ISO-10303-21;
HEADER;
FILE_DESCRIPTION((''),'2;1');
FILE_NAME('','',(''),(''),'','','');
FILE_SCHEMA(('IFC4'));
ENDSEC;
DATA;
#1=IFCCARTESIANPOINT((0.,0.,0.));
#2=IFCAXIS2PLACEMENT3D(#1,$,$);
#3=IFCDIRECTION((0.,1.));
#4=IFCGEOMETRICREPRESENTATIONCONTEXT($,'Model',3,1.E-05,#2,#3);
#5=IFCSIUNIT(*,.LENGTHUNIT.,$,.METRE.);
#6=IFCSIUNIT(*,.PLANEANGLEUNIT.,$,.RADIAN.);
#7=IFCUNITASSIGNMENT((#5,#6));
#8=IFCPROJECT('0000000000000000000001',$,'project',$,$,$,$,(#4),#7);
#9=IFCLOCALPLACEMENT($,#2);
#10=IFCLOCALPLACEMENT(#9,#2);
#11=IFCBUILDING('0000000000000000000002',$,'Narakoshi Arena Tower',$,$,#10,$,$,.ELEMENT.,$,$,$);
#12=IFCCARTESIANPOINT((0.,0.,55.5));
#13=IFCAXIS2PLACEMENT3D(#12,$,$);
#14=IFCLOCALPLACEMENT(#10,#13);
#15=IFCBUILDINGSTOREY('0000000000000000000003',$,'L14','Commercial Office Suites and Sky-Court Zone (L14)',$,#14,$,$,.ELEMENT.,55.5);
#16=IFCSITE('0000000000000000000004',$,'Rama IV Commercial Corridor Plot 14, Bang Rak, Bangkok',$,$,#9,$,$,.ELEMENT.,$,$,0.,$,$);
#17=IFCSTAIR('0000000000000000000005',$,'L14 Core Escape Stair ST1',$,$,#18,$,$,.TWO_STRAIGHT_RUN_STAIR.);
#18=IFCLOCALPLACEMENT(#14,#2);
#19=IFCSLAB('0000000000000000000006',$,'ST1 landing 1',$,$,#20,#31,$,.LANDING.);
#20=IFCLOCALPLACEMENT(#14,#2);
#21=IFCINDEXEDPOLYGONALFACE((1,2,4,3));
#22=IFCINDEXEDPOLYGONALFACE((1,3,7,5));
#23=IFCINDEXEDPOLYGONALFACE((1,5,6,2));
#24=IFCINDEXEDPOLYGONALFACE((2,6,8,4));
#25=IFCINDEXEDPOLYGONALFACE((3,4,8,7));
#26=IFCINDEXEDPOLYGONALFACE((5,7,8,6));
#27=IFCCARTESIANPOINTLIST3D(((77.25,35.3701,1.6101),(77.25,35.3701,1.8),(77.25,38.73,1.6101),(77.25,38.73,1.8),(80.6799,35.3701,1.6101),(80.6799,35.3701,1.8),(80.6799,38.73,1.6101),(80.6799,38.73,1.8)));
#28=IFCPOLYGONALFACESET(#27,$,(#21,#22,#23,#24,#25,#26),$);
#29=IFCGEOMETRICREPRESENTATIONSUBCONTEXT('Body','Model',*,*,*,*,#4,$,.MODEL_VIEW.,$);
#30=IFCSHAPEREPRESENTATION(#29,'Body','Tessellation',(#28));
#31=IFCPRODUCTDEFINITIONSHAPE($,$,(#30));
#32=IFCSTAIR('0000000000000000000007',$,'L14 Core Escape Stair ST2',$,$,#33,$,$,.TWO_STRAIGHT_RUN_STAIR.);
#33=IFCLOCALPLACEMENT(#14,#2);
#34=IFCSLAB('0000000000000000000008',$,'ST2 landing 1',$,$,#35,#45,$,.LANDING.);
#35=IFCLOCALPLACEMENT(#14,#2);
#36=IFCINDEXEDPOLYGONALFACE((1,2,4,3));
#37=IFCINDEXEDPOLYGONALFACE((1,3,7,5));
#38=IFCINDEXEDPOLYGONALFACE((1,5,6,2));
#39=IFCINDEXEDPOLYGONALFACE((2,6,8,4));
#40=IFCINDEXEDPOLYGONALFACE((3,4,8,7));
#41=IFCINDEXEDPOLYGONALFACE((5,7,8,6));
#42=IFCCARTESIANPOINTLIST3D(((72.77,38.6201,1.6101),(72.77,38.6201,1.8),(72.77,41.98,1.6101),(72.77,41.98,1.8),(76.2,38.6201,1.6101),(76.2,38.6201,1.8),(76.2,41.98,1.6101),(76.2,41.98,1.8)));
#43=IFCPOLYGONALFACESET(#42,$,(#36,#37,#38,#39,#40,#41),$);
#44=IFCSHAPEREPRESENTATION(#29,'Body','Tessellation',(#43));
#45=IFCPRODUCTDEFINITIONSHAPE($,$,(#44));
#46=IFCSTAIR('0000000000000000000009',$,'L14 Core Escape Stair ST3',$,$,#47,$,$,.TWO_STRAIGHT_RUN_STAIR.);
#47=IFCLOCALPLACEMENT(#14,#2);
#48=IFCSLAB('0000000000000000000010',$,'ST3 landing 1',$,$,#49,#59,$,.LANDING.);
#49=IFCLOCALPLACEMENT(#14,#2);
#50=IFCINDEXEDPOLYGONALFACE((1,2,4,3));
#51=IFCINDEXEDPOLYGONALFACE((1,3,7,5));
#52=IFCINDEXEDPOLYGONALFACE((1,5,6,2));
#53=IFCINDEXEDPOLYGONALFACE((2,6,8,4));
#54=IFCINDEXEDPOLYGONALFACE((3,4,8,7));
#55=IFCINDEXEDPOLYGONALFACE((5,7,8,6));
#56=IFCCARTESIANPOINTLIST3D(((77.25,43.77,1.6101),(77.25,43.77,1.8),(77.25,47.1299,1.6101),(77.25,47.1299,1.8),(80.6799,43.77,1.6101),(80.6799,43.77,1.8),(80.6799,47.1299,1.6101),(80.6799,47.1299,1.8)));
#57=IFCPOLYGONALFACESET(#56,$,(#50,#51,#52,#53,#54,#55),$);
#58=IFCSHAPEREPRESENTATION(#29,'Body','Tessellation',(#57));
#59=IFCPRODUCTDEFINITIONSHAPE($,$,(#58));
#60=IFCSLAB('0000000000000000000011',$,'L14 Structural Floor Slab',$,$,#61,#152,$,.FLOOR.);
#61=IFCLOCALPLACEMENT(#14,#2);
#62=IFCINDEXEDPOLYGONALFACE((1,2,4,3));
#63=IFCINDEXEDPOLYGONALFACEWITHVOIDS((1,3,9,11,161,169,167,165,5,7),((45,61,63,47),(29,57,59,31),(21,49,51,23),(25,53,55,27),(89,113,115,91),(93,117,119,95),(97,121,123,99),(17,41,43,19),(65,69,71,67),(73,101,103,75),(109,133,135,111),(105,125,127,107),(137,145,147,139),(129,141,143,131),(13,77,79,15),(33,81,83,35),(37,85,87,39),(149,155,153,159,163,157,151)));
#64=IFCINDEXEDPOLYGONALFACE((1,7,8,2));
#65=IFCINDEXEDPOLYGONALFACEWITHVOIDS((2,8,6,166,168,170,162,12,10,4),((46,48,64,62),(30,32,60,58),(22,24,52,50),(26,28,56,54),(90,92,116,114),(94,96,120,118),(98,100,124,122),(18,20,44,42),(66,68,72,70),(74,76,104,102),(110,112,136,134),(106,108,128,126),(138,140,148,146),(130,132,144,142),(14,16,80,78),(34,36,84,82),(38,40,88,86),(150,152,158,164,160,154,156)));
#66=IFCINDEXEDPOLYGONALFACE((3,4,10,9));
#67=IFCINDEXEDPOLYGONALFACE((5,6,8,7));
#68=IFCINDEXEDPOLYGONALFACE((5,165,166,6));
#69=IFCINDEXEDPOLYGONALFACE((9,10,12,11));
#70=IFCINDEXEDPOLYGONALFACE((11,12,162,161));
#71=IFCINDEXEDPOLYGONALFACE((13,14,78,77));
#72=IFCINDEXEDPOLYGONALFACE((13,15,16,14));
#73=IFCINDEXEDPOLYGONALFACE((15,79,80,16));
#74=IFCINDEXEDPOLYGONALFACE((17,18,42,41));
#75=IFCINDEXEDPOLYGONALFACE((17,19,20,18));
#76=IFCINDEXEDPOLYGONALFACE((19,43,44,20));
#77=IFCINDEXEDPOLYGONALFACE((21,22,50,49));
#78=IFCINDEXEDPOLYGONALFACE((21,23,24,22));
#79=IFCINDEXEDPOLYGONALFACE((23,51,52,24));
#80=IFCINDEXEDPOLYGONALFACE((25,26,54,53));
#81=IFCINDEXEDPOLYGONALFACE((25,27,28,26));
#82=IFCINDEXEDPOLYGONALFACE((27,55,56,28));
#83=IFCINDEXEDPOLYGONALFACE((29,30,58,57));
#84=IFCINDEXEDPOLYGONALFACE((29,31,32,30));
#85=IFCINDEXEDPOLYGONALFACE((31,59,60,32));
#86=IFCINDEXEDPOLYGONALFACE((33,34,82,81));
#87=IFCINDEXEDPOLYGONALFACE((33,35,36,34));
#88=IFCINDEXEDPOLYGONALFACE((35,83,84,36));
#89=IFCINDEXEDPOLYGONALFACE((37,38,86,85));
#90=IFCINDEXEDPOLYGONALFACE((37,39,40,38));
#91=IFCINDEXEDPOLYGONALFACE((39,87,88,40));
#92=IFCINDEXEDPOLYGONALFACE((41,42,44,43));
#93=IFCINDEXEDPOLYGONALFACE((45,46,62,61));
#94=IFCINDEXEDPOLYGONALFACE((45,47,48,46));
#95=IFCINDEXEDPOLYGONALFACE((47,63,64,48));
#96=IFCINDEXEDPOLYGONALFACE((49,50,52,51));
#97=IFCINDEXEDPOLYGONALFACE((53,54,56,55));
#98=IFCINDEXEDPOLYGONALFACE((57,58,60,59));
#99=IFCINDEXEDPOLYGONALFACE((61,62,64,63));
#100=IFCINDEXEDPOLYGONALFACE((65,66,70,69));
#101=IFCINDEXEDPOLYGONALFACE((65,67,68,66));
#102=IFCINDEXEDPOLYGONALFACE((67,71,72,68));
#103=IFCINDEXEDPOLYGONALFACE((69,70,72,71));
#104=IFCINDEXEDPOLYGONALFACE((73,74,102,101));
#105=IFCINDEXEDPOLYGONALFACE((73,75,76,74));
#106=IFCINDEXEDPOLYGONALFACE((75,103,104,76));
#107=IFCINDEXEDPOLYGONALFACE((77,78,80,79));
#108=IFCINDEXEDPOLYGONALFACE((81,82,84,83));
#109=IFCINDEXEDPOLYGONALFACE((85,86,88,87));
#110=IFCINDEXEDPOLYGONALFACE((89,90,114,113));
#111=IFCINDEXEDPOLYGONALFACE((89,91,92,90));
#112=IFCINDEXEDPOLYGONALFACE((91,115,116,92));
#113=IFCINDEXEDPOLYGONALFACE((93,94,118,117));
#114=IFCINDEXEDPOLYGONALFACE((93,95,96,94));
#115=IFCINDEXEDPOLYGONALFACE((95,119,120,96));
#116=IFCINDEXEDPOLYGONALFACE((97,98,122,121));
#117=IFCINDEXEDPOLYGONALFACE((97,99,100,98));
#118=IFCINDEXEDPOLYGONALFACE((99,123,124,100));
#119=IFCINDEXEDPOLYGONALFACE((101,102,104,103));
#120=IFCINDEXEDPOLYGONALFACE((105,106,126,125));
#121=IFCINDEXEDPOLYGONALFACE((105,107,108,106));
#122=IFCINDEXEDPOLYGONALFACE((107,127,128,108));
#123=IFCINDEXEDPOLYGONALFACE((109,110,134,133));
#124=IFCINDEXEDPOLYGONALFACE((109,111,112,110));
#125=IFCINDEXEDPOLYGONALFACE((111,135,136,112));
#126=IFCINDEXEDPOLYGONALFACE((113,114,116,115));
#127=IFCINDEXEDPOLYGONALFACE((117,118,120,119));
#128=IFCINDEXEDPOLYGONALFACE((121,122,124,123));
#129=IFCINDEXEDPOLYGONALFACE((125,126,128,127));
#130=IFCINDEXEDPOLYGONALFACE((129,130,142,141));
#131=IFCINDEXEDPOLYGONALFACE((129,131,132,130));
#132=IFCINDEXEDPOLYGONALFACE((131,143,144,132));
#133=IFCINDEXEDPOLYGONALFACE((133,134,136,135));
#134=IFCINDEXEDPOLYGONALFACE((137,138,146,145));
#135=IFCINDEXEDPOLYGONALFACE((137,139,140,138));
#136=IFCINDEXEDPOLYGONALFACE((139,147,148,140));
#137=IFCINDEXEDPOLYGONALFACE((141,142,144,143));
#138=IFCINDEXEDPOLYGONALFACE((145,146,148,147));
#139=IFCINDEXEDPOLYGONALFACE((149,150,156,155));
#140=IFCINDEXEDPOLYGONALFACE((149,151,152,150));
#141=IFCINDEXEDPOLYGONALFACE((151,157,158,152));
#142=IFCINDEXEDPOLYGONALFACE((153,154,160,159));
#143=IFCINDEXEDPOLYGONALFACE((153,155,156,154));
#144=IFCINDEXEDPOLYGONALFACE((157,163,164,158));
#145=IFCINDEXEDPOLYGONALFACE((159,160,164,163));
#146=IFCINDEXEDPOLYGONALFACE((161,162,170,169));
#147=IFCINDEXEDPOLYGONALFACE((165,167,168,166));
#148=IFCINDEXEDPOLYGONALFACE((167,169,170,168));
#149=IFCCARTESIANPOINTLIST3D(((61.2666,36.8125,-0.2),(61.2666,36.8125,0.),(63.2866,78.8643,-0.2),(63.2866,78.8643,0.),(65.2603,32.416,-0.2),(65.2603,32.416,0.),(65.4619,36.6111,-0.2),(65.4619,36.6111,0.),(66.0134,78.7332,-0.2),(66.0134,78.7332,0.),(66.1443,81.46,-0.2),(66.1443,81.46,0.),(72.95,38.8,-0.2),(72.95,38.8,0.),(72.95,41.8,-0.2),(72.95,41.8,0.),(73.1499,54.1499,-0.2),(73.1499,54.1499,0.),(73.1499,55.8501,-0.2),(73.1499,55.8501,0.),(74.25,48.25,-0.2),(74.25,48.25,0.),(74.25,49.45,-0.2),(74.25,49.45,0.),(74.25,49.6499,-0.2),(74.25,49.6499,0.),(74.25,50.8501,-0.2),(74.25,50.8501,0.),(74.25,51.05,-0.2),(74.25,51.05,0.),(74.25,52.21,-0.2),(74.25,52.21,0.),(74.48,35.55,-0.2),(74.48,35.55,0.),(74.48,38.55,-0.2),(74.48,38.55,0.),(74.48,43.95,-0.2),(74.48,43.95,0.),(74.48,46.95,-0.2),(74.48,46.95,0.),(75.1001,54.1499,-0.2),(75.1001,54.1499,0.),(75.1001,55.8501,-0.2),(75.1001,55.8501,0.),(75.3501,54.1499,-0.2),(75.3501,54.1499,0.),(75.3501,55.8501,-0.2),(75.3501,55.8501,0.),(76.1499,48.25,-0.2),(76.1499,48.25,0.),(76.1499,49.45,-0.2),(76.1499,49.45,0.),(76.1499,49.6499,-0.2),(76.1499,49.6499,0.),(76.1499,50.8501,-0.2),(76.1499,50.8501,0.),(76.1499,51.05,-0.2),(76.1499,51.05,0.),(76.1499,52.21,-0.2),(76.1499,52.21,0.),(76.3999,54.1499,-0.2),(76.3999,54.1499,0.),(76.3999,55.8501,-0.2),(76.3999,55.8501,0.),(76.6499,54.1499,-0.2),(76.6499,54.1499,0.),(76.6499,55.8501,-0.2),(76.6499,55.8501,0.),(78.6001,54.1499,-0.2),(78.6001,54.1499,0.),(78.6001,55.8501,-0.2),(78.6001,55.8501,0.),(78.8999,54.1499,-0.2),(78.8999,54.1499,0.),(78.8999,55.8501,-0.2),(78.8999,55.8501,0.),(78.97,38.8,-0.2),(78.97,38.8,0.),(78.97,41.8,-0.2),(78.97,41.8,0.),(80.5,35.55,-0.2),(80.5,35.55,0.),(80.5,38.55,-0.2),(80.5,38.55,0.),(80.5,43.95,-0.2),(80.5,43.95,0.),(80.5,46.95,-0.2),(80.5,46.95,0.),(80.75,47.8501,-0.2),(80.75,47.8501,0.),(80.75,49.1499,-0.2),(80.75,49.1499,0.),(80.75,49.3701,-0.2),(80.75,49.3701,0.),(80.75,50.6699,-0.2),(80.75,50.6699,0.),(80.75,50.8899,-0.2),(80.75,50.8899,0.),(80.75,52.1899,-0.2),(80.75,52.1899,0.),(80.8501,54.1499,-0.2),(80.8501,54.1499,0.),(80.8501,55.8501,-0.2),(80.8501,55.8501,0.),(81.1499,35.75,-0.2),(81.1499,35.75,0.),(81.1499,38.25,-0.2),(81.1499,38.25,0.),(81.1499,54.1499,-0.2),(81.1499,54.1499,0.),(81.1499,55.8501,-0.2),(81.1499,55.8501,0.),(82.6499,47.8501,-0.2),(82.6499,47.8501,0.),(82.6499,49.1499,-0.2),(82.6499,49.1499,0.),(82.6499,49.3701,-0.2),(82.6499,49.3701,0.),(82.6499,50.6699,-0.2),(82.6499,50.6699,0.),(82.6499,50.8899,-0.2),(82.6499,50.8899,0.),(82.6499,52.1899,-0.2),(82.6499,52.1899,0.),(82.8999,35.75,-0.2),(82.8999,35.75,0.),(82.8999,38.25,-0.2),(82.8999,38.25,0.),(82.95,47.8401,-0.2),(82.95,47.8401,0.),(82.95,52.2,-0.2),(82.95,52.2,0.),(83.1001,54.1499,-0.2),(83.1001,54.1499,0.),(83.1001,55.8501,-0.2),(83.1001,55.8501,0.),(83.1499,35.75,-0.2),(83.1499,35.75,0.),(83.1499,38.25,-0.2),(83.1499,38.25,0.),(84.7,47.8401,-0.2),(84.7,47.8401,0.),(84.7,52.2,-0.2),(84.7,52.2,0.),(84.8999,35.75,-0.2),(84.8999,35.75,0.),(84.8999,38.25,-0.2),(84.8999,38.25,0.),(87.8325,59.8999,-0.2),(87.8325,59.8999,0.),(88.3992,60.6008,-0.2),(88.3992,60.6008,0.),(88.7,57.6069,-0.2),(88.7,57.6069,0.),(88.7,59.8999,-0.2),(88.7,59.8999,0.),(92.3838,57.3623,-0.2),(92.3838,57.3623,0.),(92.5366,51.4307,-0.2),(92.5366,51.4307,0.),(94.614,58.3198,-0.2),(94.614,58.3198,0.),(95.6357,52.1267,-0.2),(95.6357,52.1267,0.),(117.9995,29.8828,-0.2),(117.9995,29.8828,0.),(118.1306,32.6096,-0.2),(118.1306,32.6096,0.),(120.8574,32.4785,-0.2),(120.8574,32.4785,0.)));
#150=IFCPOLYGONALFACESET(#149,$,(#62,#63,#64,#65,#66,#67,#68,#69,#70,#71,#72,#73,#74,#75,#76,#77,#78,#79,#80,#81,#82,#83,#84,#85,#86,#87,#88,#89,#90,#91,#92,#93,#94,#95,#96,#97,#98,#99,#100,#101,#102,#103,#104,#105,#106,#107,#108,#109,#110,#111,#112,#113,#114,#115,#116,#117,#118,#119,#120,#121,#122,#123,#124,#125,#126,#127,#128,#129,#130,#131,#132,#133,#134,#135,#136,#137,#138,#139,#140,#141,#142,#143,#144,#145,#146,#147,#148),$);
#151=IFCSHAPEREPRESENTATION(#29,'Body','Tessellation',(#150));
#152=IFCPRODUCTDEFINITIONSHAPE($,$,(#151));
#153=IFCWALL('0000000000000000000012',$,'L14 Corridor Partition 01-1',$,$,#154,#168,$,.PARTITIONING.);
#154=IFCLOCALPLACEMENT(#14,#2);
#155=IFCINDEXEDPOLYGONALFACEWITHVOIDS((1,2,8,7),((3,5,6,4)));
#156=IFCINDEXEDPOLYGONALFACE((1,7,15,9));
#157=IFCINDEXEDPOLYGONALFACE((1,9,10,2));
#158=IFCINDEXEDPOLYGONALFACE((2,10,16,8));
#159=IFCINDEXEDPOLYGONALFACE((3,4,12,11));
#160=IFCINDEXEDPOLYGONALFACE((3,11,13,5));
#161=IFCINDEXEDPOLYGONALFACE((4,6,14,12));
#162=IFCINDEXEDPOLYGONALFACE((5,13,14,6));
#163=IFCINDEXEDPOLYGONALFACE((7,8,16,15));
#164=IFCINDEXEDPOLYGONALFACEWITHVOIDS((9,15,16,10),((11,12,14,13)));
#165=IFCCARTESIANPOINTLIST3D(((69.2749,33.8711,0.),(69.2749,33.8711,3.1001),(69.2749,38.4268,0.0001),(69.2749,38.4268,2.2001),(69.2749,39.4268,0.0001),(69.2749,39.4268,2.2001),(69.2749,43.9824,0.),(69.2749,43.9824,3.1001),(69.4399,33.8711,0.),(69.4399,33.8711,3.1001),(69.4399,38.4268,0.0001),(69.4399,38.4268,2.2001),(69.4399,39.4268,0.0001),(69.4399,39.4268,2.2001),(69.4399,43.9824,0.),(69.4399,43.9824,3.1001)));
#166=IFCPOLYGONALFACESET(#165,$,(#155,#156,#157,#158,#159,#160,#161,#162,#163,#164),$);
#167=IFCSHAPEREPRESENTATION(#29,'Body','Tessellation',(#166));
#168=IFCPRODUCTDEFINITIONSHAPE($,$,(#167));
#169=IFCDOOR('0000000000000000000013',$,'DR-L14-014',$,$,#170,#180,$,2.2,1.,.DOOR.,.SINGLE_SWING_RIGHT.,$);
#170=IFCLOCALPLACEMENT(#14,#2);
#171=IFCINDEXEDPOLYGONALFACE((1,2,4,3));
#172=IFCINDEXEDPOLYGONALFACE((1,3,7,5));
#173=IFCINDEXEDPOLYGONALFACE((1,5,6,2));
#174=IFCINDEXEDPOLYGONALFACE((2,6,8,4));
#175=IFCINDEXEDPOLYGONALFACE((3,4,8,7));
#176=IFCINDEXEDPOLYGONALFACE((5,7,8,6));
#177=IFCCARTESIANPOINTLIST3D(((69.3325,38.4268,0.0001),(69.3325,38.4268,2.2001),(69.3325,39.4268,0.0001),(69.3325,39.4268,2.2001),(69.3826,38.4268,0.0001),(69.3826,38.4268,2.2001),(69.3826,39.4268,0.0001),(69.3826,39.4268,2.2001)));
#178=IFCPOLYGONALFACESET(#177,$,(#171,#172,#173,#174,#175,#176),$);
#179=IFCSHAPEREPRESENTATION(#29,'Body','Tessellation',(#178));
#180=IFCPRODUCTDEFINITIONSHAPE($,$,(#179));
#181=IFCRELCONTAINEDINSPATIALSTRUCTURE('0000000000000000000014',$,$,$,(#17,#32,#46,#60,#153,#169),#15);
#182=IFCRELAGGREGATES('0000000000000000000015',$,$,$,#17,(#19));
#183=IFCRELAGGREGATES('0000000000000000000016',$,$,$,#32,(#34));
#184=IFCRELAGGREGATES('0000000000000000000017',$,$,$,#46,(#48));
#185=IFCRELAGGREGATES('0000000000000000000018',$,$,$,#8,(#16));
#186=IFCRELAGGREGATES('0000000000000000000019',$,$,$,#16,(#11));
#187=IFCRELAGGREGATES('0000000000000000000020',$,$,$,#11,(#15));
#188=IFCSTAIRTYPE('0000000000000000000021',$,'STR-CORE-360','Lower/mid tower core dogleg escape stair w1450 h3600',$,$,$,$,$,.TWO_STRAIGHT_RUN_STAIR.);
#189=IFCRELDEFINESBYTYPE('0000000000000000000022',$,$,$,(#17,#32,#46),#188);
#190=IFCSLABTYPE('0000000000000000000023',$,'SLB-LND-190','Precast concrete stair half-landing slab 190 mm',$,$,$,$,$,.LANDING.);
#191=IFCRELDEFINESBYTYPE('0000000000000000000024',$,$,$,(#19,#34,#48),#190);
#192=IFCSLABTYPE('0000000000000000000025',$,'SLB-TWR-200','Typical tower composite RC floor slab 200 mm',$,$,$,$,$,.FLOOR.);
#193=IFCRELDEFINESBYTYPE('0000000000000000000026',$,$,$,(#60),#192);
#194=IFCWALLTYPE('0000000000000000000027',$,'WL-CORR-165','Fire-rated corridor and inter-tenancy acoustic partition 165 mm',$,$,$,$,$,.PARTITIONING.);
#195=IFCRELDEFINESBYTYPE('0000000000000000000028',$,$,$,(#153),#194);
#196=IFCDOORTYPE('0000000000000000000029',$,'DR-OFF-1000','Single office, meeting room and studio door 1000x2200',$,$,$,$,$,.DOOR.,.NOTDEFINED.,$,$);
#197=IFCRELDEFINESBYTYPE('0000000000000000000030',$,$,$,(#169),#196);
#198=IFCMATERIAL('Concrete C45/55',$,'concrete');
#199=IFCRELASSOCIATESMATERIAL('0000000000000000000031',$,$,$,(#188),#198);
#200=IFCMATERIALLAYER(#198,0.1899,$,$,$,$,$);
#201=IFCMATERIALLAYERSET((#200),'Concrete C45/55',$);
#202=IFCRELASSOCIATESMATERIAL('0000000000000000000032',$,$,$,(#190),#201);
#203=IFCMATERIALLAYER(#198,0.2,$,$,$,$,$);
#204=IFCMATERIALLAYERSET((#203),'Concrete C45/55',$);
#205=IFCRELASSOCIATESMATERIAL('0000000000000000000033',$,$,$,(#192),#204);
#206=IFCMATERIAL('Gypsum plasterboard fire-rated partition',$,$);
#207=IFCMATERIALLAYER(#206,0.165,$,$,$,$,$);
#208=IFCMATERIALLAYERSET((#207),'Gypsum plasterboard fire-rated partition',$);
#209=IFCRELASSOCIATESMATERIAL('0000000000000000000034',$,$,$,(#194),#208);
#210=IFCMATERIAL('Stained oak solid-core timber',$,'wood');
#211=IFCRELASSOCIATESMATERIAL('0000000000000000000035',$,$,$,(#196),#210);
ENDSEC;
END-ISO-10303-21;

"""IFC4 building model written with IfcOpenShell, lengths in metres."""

from ifc_helpers import new_model, si_unit, direction, frame, frame_2d, origin, place, context, subcontext, project, spatial, polyline, rectangle, outline, extrude, material, layer, layer_set, type_object, element, fill, aggregate, save


model = new_model("IFC4")

# Units and contexts
model_context = context("Model", 3, precision=1e-05, world=origin(), true_north=direction((0.0, 1.0)))
body_context = subcontext(model_context, "Body", "Model", "MODEL_VIEW")
ifc_project = project(units=[si_unit("LENGTHUNIT", "METRE"), si_unit("PLANEANGLEUNIT", "RADIAN")], contexts=[model_context])

# Site, building, storey
site_placement = place(None, origin())
site = spatial("IfcSite", under=ifc_project, at=site_placement, Name="Rama IV Commercial Corridor Plot 14, Bang Rak, Bangkok", CompositionType="ELEMENT", RefElevation=0.0)
building_placement = place(site_placement, origin())
building = spatial("IfcBuilding", under=site, at=building_placement, Name="Narakoshi Arena Tower", CompositionType="ELEMENT")
storey_placement = place(building_placement, frame((0.0, 0.0, 55.5)))
storey = spatial("IfcBuildingStorey", under=building, at=storey_placement, Name="L14", Description="Commercial Office Suites and Sky-Court Zone (L14)", CompositionType="ELEMENT", Elevation=55.5)

# Stairs, slabs
ifc_material_1 = material(Name="Concrete C45/55", Category="concrete")
stair_type = type_object("IfcStairType", Name="STR-CORE-360", Description="Lower/mid tower core dogleg escape stair w1450 h3600", PredefinedType="TWO_STRAIGHT_RUN_STAIR", material=ifc_material_1)
stair_1_placement = place(storey_placement, origin())
stair_1 = element("IfcStair", 1, at=stair_1_placement, inside=storey, type_object=stair_type, Name="L14 Core Escape Stair ST1", PredefinedType="TWO_STRAIGHT_RUN_STAIR")
ifc_layer_1 = layer(ifc_material_1, 0.1899)
ifc_layer_set_1 = layer_set([ifc_layer_1], Name="Concrete C45/55")
slab_type_1 = type_object("IfcSlabType", Name="SLB-LND-190", Description="Precast concrete stair half-landing slab 190 mm", PredefinedType="LANDING", material=ifc_layer_set_1)
slab_1_placement = place(storey_placement, frame((0.0, 0.0, 1.6101)))
slab_1 = element("IfcSlab", 2, at=slab_1_placement, type_object=slab_type_1, Name="ST1 landing 1", PredefinedType="LANDING", context=body_context, shape_type="SweptSolid", body=[
    extrude(outline(polyline([(77.25, 35.3701), (80.6799, 35.3701), (80.6799, 38.73), (77.25, 38.73), (77.25, 35.3701)])), origin(), (0.0, 0.0, 1.0), 0.1899),
])
aggregate(stair_1, [slab_1])
stair_2_placement = place(storey_placement, origin())
stair_2 = element("IfcStair", 3, at=stair_2_placement, inside=storey, type_object=stair_type, Name="L14 Core Escape Stair ST2", PredefinedType="TWO_STRAIGHT_RUN_STAIR")
slab_2_placement = place(storey_placement, frame((0.0, 0.0, 1.6101)))
slab_2 = element("IfcSlab", 4, at=slab_2_placement, type_object=slab_type_1, Name="ST2 landing 1", PredefinedType="LANDING", context=body_context, shape_type="SweptSolid", body=[
    extrude(outline(polyline([(72.77, 38.6201), (76.2, 38.6201), (76.2, 41.98), (72.77, 41.98), (72.77, 38.6201)])), origin(), (0.0, 0.0, 1.0), 0.1899),
])
aggregate(stair_2, [slab_2])
stair_3_placement = place(storey_placement, origin())
stair_3 = element("IfcStair", 5, at=stair_3_placement, inside=storey, type_object=stair_type, Name="L14 Core Escape Stair ST3", PredefinedType="TWO_STRAIGHT_RUN_STAIR")
slab_3_placement = place(storey_placement, frame((0.0, 0.0, 1.6101)))
slab_3 = element("IfcSlab", 6, at=slab_3_placement, type_object=slab_type_1, Name="ST3 landing 1", PredefinedType="LANDING", context=body_context, shape_type="SweptSolid", body=[
    extrude(outline(polyline([(77.25, 43.77), (80.6799, 43.77), (80.6799, 47.1299), (77.25, 47.1299), (77.25, 43.77)])), origin(), (0.0, 0.0, 1.0), 0.1899),
])
aggregate(stair_3, [slab_3])

# Slab
ifc_layer_2 = layer(ifc_material_1, 0.2)
ifc_layer_set_2 = layer_set([ifc_layer_2], Name="Concrete C45/55")
slab_type_2 = type_object("IfcSlabType", Name="SLB-TWR-200", Description="Typical tower composite RC floor slab 200 mm", PredefinedType="FLOOR", material=ifc_layer_set_2)
slab_4_placement = place(storey_placement, frame((0.0, 0.0, -0.2)))
element("IfcSlab", 7, at=slab_4_placement, inside=storey, type_object=slab_type_2, Name="L14 Structural Floor Slab", PredefinedType="FLOOR", context=body_context, shape_type="SweptSolid", body=[
    extrude(outline(polyline([(65.2603, 32.416), (117.9995, 29.8828), (118.1306, 32.6096), (120.8574, 32.4785), (94.614, 58.3198), (66.1443, 81.46), (66.0134, 78.7332), (63.2866, 78.8643), (61.2666, 36.8125), (65.4619, 36.6111), (65.2603, 32.416)]), holes=[polyline([(74.48, 35.55), (74.48, 38.55), (80.5, 38.55), (80.5, 35.55), (74.48, 35.55)]), polyline([(81.1499, 35.75), (81.1499, 38.25), (82.8999, 38.25), (82.8999, 35.75), (81.1499, 35.75)]), polyline([(83.1499, 35.75), (83.1499, 38.25), (84.8999, 38.25), (84.8999, 35.75), (83.1499, 35.75)]), polyline([(72.95, 38.8), (72.95, 41.8), (78.97, 41.8), (78.97, 38.8), (72.95, 38.8)]), polyline([(74.48, 43.95), (74.48, 46.95), (80.5, 46.95), (80.5, 43.95), (74.48, 43.95)]), polyline([(82.95, 47.8401), (82.95, 52.2), (84.7, 52.2), (84.7, 47.8401), (82.95, 47.8401)]), polyline([(80.75, 47.8501), (80.75, 49.1499), (82.6499, 49.1499), (82.6499, 47.8501), (80.75, 47.8501)]), polyline([(74.25, 48.25), (74.25, 49.45), (76.1499, 49.45), (76.1499, 48.25), (74.25, 48.25)]), polyline([(80.75, 49.3701), (80.75, 50.6699), (82.6499, 50.6699), (82.6499, 49.3701), (80.75, 49.3701)]), polyline([(74.25, 49.6499), (74.25, 50.8501), (76.1499, 50.8501), (76.1499, 49.6499), (74.25, 49.6499)]), polyline([(80.75, 50.8899), (80.75, 52.1899), (82.6499, 52.1899), (82.6499, 50.8899), (80.75, 50.8899)]), polyline([(74.25, 51.05), (74.25, 52.21), (76.1499, 52.21), (76.1499, 51.05), (74.25, 51.05)]), polyline([(95.6357, 52.1267), (92.5366, 51.4307), (88.7, 57.6069), (88.7, 59.8999), (87.8325, 59.8999), (88.3992, 60.6008), (92.3838, 57.3623), (95.6357, 52.1267)]), polyline([(73.1499, 54.1499), (73.1499, 55.8501), (75.1001, 55.8501), (75.1001, 54.1499), (73.1499, 54.1499)]), polyline([(75.3501, 55.8501), (76.3999, 55.8501), (76.3999, 54.1499), (75.3501, 54.1499), (75.3501, 55.8501)]), polyline([(76.6499, 55.8501), (78.6001, 55.8501), (78.6001, 54.1499), (76.6499, 54.1499), (76.6499, 55.8501)]), polyline([(78.8999, 54.1499), (78.8999, 55.8501), (80.8501, 55.8501), (80.8501, 54.1499), (78.8999, 54.1499)]), polyline([(81.1499, 55.8501), (83.1001, 55.8501), (83.1001, 54.1499), (81.1499, 54.1499), (81.1499, 55.8501)])]), origin(), (0.0, 0.0, 1.0), 0.2),
])

# Wall, opening, door
ifc_material_2 = material(Name="Gypsum plasterboard fire-rated partition")
ifc_layer_3 = layer(ifc_material_2, 0.165)
ifc_layer_set_3 = layer_set([ifc_layer_3], Name="Gypsum plasterboard fire-rated partition")
wall_type_1 = type_object("IfcWallType", Name="WL-CORR-165", Description="Fire-rated corridor and inter-tenancy acoustic partition 165 mm", PredefinedType="PARTITIONING", material=ifc_layer_set_3)
wall_1_placement = place(storey_placement, frame((69.3574, 43.9824, 0.0), z_axis=(0.0, 0.0, 1.0), x_axis=(0.0, -1.0, 0.0)))
wall_1 = element("IfcWall", 8, at=wall_1_placement, inside=storey, type_object=wall_type_1, Name="L14 Corridor Partition 01-1", PredefinedType="PARTITIONING", context=body_context, shape_type="SweptSolid", body=[
    extrude(rectangle(XDim=10.1113, YDim=0.165, at=frame_2d((5.0557, 0.0))), origin(), (0.0, 0.0, 1.0), 3.1001),
])
opening_1_placement = place(wall_1_placement, frame((4.5557, 0.0, 0.0)))
opening_1 = element("IfcOpeningElement", 9, at=opening_1_placement, cuts=wall_1, PredefinedType="OPENING", context=body_context, shape_type="SweptSolid", body=[
    extrude(rectangle(XDim=1.0, YDim=2.2, at=frame_2d((0.5, 1.1001))), frame((0.0, 0.0925, 0.0), z_axis=(0.0, -1.0, 0.0), x_axis=(1.0, 0.0, 0.0)), (0.0, 0.0, 1.0), 0.1851),
])
ifc_material_3 = material(Name="Stained oak solid-core timber", Category="wood")
door_type_1 = type_object("IfcDoorType", Name="DR-OFF-1000", Description="Single office, meeting room and studio door 1000x2200", OperationType="NOTDEFINED", PredefinedType="DOOR", material=ifc_material_3)
door_1_placement = place(opening_1_placement, frame((1.0, 0.0, 0.0), z_axis=(0.0, 0.0, 1.0), x_axis=(-1.0, 0.0, 0.0)))
door_1 = element("IfcDoor", 10, at=door_1_placement, inside=storey, type_object=door_type_1, Name="DR-L14-014", OperationType="SINGLE_SWING_RIGHT", OverallHeight=2.2, OverallWidth=1.0, PredefinedType="DOOR", context=body_context, shape_type="SweptSolid", body=[
    extrude(rectangle(XDim=1.0, YDim=2.2, at=frame_2d((0.5, 1.1001))), frame((0.0, 0.0249, 0.0), z_axis=(0.0, -1.0, 0.0), x_axis=(1.0, 0.0, 0.0)), (0.0, 0.0, 1.0), 0.05),
])
fill(opening_1, door_1)

save(model, "model.ifc")
